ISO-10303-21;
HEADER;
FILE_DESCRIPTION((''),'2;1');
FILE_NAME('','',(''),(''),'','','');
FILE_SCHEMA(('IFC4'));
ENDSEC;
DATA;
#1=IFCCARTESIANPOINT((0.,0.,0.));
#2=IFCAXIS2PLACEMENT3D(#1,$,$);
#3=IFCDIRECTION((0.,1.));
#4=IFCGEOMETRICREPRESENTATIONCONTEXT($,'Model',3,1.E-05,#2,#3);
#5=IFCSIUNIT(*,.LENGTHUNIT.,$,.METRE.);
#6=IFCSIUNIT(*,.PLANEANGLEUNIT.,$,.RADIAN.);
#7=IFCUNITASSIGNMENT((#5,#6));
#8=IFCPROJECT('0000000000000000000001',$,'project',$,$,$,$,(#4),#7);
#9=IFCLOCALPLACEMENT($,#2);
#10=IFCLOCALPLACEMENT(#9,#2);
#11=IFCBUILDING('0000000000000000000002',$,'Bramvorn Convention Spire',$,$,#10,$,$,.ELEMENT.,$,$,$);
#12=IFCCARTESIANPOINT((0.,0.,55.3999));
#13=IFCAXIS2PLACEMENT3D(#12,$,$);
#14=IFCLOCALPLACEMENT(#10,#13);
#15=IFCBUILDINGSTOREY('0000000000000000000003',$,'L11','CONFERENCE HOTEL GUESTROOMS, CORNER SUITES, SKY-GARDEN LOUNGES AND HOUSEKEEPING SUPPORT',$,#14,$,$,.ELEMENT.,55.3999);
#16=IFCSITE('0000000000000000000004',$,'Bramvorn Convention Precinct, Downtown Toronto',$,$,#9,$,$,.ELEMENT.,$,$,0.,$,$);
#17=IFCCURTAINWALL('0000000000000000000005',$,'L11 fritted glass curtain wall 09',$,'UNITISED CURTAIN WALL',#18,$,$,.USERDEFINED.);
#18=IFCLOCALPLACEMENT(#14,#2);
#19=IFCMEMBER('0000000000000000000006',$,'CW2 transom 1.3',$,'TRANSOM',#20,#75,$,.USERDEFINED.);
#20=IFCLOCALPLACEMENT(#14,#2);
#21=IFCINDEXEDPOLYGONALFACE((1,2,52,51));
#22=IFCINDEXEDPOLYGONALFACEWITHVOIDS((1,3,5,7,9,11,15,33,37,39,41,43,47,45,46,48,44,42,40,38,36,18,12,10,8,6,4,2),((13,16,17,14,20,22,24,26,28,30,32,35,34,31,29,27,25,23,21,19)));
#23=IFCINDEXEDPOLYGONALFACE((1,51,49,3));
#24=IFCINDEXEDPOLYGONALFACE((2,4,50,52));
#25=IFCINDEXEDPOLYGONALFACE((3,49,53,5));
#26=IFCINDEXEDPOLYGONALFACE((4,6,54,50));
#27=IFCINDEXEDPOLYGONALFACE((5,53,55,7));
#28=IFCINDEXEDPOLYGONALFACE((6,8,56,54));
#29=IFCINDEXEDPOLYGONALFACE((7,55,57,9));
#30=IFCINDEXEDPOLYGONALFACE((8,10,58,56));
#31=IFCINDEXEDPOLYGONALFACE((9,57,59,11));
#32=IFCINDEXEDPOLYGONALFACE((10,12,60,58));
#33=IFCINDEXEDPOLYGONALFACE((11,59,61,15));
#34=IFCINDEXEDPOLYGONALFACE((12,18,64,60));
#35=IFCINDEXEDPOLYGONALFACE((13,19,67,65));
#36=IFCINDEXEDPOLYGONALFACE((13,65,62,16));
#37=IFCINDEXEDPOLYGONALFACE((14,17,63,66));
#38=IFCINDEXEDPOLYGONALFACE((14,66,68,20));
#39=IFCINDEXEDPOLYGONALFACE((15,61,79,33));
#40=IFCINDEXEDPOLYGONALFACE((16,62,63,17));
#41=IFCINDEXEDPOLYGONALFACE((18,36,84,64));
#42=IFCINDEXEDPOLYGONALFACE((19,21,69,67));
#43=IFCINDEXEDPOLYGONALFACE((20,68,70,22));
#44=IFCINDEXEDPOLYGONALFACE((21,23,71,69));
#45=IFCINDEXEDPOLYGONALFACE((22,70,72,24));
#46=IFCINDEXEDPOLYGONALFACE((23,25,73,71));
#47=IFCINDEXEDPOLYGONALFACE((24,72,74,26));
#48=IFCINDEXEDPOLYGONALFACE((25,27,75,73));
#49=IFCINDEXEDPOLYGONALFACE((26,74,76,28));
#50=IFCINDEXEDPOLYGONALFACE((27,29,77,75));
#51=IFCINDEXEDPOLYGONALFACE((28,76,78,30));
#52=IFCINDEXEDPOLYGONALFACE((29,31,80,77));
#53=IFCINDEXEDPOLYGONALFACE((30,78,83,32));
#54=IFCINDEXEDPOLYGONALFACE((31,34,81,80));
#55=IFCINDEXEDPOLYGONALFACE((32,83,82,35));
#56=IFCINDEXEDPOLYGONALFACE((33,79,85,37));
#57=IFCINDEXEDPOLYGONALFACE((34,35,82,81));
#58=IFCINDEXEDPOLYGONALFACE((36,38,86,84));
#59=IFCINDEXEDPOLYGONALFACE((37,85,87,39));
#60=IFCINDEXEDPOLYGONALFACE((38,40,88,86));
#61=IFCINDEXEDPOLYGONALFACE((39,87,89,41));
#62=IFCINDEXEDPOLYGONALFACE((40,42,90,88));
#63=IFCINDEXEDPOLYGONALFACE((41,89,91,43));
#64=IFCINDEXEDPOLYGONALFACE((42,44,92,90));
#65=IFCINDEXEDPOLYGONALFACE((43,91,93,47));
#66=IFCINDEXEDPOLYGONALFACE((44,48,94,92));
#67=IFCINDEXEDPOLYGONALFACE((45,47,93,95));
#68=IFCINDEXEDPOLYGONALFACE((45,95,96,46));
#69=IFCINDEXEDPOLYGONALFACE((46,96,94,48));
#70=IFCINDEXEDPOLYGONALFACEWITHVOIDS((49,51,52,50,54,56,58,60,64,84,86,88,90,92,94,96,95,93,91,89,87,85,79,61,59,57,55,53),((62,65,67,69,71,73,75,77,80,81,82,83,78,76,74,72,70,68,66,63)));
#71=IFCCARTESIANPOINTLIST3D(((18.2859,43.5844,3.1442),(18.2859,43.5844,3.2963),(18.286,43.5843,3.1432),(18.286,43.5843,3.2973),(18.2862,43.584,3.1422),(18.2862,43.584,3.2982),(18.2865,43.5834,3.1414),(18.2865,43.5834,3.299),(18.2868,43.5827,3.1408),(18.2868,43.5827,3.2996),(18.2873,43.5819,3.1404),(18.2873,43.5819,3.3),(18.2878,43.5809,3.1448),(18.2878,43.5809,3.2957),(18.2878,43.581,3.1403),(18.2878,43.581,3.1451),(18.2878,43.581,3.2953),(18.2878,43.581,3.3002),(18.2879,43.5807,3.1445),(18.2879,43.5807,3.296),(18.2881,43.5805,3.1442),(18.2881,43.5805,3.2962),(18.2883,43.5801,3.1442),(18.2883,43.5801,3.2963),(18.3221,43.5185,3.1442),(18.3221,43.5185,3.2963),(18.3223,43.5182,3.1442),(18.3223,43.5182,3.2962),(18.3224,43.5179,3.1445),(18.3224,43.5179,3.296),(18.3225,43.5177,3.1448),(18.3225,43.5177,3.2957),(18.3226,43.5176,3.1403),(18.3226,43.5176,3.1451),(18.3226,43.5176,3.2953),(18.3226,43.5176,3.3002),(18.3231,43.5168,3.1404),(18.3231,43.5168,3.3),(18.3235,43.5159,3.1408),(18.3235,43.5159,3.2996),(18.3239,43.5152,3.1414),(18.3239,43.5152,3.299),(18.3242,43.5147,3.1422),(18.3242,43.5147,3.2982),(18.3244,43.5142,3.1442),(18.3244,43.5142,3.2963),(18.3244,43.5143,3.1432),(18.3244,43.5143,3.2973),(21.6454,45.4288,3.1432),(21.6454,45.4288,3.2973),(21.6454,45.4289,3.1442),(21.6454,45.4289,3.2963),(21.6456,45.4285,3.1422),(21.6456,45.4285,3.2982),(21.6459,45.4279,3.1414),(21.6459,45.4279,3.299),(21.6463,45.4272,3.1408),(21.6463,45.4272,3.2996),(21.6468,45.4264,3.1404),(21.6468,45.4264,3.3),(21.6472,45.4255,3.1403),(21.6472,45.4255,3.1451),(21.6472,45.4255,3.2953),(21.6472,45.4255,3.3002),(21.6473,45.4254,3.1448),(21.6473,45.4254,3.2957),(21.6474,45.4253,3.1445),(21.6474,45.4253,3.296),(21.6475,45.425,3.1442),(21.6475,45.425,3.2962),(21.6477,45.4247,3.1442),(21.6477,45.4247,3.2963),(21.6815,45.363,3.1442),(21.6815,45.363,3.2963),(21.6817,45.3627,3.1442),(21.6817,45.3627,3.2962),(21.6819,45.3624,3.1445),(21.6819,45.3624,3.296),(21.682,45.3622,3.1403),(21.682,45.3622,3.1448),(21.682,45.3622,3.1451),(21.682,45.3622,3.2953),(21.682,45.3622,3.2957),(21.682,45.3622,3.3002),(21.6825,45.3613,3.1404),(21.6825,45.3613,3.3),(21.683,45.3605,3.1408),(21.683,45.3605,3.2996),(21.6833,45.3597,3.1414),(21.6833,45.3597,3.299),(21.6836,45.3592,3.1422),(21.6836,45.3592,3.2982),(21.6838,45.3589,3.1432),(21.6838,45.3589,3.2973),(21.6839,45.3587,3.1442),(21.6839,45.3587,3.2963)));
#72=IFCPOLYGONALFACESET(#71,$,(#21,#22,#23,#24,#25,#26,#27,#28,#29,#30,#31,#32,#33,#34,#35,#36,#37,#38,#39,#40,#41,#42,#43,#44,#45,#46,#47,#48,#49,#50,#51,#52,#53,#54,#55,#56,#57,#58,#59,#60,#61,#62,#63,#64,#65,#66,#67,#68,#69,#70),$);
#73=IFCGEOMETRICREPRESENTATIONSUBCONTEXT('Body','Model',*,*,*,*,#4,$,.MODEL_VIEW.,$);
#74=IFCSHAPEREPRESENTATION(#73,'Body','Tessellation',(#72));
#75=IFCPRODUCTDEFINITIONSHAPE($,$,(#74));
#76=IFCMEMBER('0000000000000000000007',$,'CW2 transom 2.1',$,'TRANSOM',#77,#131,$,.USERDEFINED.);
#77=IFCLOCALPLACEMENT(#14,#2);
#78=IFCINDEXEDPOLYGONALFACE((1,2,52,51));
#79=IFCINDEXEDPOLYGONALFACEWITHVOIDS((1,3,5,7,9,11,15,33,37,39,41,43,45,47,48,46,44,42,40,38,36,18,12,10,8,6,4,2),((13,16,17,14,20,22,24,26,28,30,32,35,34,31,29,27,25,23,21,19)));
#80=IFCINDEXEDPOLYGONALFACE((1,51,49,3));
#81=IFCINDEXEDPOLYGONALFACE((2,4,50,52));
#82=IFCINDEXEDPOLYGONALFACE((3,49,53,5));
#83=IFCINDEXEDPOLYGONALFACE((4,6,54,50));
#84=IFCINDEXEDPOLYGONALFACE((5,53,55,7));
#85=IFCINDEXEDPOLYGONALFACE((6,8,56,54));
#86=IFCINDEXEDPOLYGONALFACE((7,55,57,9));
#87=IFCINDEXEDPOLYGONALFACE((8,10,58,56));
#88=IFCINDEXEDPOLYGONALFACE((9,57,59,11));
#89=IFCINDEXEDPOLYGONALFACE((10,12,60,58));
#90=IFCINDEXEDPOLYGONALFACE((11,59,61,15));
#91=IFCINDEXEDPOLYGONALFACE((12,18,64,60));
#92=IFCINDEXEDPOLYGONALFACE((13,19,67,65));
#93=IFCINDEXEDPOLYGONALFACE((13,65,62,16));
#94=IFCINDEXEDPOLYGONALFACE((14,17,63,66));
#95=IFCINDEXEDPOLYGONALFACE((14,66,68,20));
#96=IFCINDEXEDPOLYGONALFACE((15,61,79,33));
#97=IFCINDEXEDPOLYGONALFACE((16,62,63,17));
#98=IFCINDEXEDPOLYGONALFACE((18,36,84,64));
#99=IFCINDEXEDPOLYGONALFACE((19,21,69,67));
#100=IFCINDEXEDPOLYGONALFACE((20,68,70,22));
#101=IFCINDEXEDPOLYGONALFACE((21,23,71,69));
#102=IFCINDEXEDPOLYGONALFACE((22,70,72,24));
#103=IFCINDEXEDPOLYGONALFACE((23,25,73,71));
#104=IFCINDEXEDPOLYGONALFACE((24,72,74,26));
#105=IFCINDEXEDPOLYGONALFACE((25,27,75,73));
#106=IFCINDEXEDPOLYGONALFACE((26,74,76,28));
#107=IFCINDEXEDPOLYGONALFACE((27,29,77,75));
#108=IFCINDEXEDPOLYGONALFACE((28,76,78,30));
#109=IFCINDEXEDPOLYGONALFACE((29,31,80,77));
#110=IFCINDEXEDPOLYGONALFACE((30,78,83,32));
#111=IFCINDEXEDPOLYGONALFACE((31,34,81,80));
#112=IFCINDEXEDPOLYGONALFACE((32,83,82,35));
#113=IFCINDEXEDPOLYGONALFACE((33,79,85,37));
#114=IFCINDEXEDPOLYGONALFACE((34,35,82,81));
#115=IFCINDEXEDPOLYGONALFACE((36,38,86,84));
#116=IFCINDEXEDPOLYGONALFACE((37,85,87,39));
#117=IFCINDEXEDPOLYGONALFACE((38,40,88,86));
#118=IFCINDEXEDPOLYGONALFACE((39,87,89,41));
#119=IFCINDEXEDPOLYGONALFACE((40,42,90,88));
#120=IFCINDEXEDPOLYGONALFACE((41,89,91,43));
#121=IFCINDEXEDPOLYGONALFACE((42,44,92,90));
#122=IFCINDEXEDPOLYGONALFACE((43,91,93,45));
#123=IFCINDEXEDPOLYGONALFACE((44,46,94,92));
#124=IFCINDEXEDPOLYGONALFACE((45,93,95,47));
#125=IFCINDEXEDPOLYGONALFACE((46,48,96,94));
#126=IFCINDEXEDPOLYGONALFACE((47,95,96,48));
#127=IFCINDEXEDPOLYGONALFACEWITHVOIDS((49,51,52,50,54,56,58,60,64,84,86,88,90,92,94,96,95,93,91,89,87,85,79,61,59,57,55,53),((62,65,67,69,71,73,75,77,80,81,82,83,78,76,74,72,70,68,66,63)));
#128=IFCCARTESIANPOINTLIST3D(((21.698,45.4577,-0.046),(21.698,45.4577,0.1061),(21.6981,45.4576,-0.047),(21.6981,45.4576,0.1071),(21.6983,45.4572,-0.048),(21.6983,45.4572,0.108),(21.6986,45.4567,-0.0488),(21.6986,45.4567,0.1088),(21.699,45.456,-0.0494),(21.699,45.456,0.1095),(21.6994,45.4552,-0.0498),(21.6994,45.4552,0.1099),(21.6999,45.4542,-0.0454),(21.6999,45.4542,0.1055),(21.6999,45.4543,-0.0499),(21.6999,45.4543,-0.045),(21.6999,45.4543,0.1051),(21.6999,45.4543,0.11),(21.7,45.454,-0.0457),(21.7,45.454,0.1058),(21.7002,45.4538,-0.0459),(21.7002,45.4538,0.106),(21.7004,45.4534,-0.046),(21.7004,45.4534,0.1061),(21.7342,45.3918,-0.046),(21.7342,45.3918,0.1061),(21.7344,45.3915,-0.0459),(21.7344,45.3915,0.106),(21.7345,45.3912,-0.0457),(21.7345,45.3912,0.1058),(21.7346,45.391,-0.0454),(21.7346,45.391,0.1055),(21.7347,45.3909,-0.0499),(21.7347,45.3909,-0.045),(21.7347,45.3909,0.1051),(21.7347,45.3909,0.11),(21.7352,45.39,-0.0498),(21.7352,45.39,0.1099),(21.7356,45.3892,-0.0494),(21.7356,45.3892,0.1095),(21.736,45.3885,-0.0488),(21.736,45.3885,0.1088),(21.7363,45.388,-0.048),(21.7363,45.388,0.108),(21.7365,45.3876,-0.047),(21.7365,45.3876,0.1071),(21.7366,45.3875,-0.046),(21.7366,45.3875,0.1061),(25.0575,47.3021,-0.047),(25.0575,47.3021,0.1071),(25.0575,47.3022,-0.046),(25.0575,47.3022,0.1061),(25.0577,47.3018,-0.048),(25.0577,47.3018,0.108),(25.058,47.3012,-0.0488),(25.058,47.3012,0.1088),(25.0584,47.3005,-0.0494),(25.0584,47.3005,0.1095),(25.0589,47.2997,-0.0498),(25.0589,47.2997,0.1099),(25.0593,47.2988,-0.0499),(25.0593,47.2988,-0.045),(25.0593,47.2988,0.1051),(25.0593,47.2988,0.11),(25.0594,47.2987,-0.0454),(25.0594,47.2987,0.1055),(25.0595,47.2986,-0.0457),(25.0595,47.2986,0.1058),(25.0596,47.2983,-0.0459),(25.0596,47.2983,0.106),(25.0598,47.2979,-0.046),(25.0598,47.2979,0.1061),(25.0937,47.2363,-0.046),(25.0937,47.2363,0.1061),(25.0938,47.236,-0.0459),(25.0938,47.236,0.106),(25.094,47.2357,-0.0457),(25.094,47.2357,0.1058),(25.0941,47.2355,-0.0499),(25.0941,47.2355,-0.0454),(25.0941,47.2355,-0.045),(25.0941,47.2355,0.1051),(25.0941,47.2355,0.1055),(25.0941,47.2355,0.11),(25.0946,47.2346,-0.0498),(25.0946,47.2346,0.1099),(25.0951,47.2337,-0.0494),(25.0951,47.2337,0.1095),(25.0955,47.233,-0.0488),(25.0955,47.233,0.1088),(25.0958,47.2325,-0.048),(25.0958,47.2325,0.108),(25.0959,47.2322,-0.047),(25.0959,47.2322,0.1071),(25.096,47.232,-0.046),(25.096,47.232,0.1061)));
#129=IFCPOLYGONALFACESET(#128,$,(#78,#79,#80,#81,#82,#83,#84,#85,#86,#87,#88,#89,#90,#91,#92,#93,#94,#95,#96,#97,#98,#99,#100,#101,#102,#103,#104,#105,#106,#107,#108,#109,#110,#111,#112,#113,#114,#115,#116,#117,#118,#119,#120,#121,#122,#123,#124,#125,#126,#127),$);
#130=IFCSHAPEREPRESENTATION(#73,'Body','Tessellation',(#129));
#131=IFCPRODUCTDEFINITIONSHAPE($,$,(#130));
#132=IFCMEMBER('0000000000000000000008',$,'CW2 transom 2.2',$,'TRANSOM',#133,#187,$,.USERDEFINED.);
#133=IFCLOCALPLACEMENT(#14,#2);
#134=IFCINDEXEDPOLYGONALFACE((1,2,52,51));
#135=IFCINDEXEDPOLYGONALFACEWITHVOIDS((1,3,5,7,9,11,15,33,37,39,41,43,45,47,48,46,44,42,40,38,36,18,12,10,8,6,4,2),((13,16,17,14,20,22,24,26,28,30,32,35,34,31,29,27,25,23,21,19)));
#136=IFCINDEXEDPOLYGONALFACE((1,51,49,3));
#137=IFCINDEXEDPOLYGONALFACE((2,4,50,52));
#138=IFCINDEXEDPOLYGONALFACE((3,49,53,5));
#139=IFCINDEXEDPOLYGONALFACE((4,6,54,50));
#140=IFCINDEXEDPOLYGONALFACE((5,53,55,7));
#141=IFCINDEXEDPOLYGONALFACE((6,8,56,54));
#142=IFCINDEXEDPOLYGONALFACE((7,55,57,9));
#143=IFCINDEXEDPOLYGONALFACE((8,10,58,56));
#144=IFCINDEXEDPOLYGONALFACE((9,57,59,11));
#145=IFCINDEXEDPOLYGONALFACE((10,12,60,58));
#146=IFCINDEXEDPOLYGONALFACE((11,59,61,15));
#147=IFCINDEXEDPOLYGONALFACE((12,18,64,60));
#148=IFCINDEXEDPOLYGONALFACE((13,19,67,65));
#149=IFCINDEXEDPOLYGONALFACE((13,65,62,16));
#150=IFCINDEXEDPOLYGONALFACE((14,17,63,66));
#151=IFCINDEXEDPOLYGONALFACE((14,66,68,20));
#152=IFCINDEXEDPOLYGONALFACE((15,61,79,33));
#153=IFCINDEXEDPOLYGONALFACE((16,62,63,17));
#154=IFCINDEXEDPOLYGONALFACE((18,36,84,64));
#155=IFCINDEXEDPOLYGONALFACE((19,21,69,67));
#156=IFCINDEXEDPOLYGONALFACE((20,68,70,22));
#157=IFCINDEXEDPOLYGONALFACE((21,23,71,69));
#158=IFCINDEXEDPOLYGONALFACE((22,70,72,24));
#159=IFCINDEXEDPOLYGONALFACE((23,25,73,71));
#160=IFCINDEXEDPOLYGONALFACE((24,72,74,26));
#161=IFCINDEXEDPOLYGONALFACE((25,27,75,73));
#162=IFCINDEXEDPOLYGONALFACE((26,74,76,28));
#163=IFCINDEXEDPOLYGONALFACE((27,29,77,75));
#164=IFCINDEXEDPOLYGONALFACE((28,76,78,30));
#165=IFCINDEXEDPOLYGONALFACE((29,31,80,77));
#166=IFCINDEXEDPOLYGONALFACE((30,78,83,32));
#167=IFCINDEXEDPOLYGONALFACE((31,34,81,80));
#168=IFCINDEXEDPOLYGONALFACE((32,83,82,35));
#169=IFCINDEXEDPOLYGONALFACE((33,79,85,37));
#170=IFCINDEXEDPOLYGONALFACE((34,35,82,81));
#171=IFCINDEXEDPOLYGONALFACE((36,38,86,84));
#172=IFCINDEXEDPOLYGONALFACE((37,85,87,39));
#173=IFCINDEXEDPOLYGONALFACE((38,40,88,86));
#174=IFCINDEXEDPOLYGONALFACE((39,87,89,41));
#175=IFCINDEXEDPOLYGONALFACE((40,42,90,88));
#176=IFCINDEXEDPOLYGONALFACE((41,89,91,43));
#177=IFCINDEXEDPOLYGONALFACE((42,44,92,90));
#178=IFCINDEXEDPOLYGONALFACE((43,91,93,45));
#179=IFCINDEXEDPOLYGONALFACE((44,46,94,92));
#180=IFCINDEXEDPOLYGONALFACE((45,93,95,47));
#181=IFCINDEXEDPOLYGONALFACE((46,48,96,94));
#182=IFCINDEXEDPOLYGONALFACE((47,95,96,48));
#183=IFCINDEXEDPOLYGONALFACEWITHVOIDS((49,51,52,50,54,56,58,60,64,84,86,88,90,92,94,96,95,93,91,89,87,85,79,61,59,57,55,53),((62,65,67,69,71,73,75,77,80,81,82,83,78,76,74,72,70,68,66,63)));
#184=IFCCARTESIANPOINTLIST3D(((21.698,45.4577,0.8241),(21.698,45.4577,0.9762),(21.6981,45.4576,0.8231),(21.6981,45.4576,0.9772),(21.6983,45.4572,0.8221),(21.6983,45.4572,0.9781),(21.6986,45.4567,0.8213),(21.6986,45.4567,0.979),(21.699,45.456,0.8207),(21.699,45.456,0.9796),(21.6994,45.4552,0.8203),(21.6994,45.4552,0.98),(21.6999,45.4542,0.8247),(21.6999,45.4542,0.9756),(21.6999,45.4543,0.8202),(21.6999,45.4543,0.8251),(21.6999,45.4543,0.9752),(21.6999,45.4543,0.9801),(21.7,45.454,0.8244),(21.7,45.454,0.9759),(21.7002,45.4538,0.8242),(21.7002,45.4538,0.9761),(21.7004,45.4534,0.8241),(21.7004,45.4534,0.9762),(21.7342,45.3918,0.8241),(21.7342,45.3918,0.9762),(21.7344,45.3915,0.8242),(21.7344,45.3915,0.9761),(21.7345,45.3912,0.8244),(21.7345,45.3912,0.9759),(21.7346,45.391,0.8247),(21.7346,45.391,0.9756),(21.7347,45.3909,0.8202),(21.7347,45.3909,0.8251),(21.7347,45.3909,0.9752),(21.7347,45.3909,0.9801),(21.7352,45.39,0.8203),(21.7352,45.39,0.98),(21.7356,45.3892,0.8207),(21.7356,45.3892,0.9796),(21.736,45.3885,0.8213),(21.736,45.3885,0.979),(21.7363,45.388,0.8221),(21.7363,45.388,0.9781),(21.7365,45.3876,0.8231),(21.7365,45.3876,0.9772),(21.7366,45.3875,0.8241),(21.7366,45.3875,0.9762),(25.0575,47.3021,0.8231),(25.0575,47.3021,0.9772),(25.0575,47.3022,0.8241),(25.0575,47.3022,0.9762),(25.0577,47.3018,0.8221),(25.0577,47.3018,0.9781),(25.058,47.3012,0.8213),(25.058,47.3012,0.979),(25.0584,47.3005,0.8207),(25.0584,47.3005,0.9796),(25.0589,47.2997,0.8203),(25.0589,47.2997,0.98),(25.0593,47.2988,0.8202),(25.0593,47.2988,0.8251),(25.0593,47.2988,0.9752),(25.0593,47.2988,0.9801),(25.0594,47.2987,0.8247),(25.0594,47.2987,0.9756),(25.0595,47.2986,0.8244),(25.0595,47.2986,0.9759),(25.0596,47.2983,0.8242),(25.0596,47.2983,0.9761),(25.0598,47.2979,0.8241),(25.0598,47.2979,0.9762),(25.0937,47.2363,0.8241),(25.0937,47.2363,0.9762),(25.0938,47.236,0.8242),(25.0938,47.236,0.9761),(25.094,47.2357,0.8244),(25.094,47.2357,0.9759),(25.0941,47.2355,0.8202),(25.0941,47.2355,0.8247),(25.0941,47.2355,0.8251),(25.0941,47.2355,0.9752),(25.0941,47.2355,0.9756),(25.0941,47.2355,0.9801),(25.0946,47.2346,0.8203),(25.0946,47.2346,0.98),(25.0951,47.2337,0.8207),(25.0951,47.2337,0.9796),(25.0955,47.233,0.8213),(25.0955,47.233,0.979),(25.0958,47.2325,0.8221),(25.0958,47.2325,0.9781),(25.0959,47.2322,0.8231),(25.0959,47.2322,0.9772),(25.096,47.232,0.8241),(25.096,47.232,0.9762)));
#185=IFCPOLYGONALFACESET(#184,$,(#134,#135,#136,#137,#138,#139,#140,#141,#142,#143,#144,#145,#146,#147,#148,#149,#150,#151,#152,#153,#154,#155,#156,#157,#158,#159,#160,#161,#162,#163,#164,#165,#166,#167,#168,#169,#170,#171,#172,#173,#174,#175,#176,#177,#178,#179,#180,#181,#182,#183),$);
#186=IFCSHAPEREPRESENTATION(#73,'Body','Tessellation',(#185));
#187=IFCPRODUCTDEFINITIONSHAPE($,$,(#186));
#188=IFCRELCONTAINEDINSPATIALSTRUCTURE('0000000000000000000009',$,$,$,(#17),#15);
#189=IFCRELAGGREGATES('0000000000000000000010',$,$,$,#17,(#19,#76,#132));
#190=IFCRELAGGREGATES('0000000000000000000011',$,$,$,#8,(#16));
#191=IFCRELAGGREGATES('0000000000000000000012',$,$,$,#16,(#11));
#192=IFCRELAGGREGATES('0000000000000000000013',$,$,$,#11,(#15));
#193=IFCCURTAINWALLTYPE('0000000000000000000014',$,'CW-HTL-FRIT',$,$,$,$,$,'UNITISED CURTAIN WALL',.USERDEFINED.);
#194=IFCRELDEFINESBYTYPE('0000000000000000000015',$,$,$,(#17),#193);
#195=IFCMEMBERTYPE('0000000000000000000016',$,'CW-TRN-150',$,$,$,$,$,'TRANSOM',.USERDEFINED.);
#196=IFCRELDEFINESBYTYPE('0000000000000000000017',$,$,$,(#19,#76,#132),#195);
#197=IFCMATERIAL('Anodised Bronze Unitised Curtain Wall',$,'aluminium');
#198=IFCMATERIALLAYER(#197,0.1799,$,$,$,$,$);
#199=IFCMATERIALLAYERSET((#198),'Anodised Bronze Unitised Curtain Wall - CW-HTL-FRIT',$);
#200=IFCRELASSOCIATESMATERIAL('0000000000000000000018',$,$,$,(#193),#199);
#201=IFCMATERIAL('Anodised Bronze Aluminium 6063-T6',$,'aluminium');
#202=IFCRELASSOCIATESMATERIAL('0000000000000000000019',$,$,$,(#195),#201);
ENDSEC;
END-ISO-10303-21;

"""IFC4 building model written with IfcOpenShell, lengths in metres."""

from ifc_helpers import new_model, si_unit, direction, frame, origin, origin_2d, place, context, subcontext, project, spatial, hollow_rectangle, extrude, material, layer, layer_set, material_profile, profile_set, type_object, element, aggregate, save


model = new_model("IFC4")

# Units and contexts
model_context = context("Model", 3, precision=1e-05, world=origin(), true_north=direction((0.0, 1.0)))
body_context = subcontext(model_context, "Body", "Model", "MODEL_VIEW")
ifc_project = project(units=[si_unit("LENGTHUNIT", "METRE"), si_unit("PLANEANGLEUNIT", "RADIAN")], contexts=[model_context])

# Site, building, storey
site_placement = place(None, origin())
site = spatial("IfcSite", under=ifc_project, at=site_placement, Name="Bramvorn Convention Precinct, Downtown Toronto", CompositionType="ELEMENT", RefElevation=0.0)
building_placement = place(site_placement, origin())
building = spatial("IfcBuilding", under=site, at=building_placement, Name="Bramvorn Convention Spire", CompositionType="ELEMENT")
storey_placement = place(building_placement, frame((0.0, 0.0, 55.3999)))
storey = spatial("IfcBuildingStorey", under=building, at=storey_placement, Name="L11", Description="CONFERENCE HOTEL GUESTROOMS, CORNER SUITES, SKY-GARDEN LOUNGES AND HOUSEKEEPING SUPPORT", CompositionType="ELEMENT", Elevation=55.3999)

# Curtain wall
ifc_material_1 = material(Name="Anodised Bronze Unitised Curtain Wall", Category="aluminium")
ifc_layer_1 = layer(ifc_material_1, 0.1799)
ifc_layer_set_1 = layer_set([ifc_layer_1], Name="Anodised Bronze Unitised Curtain Wall - CW-HTL-FRIT")
curtain_wall_type = type_object("IfcCurtainWallType", Name="CW-HTL-FRIT", ElementType="UNITISED CURTAIN WALL", PredefinedType="USERDEFINED", material=ifc_layer_set_1)
curtain_wall_1_placement = place(storey_placement, origin())
curtain_wall_1 = element("IfcCurtainWall", 1, at=curtain_wall_1_placement, inside=storey, type_object=curtain_wall_type, Name="L11 fritted glass curtain wall 09", ObjectType="UNITISED CURTAIN WALL", PredefinedType="USERDEFINED")
ifc_material_2 = material(Name="Anodised Bronze Aluminium 6063-T6", Category="aluminium")

# Members
ifc_material_profile_1 = material_profile(ifc_material_2, hollow_rectangle(XDim=0.0801, YDim=0.1599, WallThickness=0.0039, InnerFilletRadius=0.001, OuterFilletRadius=0.0039, at=origin_2d()))
ifc_profile_set_1 = profile_set([ifc_material_profile_1], Name="Anodised Bronze Aluminium 6063-T6 - CWT80X160")
member_type_1 = type_object("IfcMemberType", Name="CW-TRN-150", ElementType="TRANSOM", PredefinedType="USERDEFINED", material=ifc_profile_set_1)
member_1_placement = place(storey_placement, frame((18.3052, 43.5493, 3.2202), z_axis=(0.876565, 0.481283, 0.0), x_axis=(-0.481283, 0.876565, 0.0)))
member_1 = element("IfcMember", 2, at=member_1_placement, type_object=member_type_1, Name="CW2 transom 1.3", ObjectType="TRANSOM", PredefinedType="USERDEFINED", context=body_context, shape_type="SweptSolid", body=[
    extrude(hollow_rectangle(XDim=0.0801, YDim=0.1599, WallThickness=0.0039, InnerFilletRadius=0.001, OuterFilletRadius=0.0039, at=origin_2d()), origin(), (0.0, 0.0, 1.0), 3.8325),
])
member_2_placement = place(storey_placement, frame((21.7173, 45.4226, 0.03), z_axis=(0.876565, 0.481283, 0.0), x_axis=(-0.481283, 0.876565, 0.0)))
member_2 = element("IfcMember", 3, at=member_2_placement, type_object=member_type_1, Name="CW2 transom 2.1", ObjectType="TRANSOM", PredefinedType="USERDEFINED", context=body_context, shape_type="SweptSolid", body=[
    extrude(hollow_rectangle(XDim=0.0801, YDim=0.1599, WallThickness=0.0039, InnerFilletRadius=0.001, OuterFilletRadius=0.0039, at=origin_2d()), origin(), (0.0, 0.0, 1.0), 3.8325),
])
member_3_placement = place(storey_placement, frame((21.7173, 45.4226, 0.9001), z_axis=(0.876565, 0.481283, 0.0), x_axis=(-0.481283, 0.876565, 0.0)))
member_3 = element("IfcMember", 4, at=member_3_placement, type_object=member_type_1, Name="CW2 transom 2.2", ObjectType="TRANSOM", PredefinedType="USERDEFINED", context=body_context, shape_type="SweptSolid", body=[
    extrude(hollow_rectangle(XDim=0.0801, YDim=0.1599, WallThickness=0.0039, InnerFilletRadius=0.001, OuterFilletRadius=0.0039, at=origin_2d()), origin(), (0.0, 0.0, 1.0), 3.8325),
])

aggregate(curtain_wall_1, [member_1, member_2, member_3])

save(model, "model.ifc")
